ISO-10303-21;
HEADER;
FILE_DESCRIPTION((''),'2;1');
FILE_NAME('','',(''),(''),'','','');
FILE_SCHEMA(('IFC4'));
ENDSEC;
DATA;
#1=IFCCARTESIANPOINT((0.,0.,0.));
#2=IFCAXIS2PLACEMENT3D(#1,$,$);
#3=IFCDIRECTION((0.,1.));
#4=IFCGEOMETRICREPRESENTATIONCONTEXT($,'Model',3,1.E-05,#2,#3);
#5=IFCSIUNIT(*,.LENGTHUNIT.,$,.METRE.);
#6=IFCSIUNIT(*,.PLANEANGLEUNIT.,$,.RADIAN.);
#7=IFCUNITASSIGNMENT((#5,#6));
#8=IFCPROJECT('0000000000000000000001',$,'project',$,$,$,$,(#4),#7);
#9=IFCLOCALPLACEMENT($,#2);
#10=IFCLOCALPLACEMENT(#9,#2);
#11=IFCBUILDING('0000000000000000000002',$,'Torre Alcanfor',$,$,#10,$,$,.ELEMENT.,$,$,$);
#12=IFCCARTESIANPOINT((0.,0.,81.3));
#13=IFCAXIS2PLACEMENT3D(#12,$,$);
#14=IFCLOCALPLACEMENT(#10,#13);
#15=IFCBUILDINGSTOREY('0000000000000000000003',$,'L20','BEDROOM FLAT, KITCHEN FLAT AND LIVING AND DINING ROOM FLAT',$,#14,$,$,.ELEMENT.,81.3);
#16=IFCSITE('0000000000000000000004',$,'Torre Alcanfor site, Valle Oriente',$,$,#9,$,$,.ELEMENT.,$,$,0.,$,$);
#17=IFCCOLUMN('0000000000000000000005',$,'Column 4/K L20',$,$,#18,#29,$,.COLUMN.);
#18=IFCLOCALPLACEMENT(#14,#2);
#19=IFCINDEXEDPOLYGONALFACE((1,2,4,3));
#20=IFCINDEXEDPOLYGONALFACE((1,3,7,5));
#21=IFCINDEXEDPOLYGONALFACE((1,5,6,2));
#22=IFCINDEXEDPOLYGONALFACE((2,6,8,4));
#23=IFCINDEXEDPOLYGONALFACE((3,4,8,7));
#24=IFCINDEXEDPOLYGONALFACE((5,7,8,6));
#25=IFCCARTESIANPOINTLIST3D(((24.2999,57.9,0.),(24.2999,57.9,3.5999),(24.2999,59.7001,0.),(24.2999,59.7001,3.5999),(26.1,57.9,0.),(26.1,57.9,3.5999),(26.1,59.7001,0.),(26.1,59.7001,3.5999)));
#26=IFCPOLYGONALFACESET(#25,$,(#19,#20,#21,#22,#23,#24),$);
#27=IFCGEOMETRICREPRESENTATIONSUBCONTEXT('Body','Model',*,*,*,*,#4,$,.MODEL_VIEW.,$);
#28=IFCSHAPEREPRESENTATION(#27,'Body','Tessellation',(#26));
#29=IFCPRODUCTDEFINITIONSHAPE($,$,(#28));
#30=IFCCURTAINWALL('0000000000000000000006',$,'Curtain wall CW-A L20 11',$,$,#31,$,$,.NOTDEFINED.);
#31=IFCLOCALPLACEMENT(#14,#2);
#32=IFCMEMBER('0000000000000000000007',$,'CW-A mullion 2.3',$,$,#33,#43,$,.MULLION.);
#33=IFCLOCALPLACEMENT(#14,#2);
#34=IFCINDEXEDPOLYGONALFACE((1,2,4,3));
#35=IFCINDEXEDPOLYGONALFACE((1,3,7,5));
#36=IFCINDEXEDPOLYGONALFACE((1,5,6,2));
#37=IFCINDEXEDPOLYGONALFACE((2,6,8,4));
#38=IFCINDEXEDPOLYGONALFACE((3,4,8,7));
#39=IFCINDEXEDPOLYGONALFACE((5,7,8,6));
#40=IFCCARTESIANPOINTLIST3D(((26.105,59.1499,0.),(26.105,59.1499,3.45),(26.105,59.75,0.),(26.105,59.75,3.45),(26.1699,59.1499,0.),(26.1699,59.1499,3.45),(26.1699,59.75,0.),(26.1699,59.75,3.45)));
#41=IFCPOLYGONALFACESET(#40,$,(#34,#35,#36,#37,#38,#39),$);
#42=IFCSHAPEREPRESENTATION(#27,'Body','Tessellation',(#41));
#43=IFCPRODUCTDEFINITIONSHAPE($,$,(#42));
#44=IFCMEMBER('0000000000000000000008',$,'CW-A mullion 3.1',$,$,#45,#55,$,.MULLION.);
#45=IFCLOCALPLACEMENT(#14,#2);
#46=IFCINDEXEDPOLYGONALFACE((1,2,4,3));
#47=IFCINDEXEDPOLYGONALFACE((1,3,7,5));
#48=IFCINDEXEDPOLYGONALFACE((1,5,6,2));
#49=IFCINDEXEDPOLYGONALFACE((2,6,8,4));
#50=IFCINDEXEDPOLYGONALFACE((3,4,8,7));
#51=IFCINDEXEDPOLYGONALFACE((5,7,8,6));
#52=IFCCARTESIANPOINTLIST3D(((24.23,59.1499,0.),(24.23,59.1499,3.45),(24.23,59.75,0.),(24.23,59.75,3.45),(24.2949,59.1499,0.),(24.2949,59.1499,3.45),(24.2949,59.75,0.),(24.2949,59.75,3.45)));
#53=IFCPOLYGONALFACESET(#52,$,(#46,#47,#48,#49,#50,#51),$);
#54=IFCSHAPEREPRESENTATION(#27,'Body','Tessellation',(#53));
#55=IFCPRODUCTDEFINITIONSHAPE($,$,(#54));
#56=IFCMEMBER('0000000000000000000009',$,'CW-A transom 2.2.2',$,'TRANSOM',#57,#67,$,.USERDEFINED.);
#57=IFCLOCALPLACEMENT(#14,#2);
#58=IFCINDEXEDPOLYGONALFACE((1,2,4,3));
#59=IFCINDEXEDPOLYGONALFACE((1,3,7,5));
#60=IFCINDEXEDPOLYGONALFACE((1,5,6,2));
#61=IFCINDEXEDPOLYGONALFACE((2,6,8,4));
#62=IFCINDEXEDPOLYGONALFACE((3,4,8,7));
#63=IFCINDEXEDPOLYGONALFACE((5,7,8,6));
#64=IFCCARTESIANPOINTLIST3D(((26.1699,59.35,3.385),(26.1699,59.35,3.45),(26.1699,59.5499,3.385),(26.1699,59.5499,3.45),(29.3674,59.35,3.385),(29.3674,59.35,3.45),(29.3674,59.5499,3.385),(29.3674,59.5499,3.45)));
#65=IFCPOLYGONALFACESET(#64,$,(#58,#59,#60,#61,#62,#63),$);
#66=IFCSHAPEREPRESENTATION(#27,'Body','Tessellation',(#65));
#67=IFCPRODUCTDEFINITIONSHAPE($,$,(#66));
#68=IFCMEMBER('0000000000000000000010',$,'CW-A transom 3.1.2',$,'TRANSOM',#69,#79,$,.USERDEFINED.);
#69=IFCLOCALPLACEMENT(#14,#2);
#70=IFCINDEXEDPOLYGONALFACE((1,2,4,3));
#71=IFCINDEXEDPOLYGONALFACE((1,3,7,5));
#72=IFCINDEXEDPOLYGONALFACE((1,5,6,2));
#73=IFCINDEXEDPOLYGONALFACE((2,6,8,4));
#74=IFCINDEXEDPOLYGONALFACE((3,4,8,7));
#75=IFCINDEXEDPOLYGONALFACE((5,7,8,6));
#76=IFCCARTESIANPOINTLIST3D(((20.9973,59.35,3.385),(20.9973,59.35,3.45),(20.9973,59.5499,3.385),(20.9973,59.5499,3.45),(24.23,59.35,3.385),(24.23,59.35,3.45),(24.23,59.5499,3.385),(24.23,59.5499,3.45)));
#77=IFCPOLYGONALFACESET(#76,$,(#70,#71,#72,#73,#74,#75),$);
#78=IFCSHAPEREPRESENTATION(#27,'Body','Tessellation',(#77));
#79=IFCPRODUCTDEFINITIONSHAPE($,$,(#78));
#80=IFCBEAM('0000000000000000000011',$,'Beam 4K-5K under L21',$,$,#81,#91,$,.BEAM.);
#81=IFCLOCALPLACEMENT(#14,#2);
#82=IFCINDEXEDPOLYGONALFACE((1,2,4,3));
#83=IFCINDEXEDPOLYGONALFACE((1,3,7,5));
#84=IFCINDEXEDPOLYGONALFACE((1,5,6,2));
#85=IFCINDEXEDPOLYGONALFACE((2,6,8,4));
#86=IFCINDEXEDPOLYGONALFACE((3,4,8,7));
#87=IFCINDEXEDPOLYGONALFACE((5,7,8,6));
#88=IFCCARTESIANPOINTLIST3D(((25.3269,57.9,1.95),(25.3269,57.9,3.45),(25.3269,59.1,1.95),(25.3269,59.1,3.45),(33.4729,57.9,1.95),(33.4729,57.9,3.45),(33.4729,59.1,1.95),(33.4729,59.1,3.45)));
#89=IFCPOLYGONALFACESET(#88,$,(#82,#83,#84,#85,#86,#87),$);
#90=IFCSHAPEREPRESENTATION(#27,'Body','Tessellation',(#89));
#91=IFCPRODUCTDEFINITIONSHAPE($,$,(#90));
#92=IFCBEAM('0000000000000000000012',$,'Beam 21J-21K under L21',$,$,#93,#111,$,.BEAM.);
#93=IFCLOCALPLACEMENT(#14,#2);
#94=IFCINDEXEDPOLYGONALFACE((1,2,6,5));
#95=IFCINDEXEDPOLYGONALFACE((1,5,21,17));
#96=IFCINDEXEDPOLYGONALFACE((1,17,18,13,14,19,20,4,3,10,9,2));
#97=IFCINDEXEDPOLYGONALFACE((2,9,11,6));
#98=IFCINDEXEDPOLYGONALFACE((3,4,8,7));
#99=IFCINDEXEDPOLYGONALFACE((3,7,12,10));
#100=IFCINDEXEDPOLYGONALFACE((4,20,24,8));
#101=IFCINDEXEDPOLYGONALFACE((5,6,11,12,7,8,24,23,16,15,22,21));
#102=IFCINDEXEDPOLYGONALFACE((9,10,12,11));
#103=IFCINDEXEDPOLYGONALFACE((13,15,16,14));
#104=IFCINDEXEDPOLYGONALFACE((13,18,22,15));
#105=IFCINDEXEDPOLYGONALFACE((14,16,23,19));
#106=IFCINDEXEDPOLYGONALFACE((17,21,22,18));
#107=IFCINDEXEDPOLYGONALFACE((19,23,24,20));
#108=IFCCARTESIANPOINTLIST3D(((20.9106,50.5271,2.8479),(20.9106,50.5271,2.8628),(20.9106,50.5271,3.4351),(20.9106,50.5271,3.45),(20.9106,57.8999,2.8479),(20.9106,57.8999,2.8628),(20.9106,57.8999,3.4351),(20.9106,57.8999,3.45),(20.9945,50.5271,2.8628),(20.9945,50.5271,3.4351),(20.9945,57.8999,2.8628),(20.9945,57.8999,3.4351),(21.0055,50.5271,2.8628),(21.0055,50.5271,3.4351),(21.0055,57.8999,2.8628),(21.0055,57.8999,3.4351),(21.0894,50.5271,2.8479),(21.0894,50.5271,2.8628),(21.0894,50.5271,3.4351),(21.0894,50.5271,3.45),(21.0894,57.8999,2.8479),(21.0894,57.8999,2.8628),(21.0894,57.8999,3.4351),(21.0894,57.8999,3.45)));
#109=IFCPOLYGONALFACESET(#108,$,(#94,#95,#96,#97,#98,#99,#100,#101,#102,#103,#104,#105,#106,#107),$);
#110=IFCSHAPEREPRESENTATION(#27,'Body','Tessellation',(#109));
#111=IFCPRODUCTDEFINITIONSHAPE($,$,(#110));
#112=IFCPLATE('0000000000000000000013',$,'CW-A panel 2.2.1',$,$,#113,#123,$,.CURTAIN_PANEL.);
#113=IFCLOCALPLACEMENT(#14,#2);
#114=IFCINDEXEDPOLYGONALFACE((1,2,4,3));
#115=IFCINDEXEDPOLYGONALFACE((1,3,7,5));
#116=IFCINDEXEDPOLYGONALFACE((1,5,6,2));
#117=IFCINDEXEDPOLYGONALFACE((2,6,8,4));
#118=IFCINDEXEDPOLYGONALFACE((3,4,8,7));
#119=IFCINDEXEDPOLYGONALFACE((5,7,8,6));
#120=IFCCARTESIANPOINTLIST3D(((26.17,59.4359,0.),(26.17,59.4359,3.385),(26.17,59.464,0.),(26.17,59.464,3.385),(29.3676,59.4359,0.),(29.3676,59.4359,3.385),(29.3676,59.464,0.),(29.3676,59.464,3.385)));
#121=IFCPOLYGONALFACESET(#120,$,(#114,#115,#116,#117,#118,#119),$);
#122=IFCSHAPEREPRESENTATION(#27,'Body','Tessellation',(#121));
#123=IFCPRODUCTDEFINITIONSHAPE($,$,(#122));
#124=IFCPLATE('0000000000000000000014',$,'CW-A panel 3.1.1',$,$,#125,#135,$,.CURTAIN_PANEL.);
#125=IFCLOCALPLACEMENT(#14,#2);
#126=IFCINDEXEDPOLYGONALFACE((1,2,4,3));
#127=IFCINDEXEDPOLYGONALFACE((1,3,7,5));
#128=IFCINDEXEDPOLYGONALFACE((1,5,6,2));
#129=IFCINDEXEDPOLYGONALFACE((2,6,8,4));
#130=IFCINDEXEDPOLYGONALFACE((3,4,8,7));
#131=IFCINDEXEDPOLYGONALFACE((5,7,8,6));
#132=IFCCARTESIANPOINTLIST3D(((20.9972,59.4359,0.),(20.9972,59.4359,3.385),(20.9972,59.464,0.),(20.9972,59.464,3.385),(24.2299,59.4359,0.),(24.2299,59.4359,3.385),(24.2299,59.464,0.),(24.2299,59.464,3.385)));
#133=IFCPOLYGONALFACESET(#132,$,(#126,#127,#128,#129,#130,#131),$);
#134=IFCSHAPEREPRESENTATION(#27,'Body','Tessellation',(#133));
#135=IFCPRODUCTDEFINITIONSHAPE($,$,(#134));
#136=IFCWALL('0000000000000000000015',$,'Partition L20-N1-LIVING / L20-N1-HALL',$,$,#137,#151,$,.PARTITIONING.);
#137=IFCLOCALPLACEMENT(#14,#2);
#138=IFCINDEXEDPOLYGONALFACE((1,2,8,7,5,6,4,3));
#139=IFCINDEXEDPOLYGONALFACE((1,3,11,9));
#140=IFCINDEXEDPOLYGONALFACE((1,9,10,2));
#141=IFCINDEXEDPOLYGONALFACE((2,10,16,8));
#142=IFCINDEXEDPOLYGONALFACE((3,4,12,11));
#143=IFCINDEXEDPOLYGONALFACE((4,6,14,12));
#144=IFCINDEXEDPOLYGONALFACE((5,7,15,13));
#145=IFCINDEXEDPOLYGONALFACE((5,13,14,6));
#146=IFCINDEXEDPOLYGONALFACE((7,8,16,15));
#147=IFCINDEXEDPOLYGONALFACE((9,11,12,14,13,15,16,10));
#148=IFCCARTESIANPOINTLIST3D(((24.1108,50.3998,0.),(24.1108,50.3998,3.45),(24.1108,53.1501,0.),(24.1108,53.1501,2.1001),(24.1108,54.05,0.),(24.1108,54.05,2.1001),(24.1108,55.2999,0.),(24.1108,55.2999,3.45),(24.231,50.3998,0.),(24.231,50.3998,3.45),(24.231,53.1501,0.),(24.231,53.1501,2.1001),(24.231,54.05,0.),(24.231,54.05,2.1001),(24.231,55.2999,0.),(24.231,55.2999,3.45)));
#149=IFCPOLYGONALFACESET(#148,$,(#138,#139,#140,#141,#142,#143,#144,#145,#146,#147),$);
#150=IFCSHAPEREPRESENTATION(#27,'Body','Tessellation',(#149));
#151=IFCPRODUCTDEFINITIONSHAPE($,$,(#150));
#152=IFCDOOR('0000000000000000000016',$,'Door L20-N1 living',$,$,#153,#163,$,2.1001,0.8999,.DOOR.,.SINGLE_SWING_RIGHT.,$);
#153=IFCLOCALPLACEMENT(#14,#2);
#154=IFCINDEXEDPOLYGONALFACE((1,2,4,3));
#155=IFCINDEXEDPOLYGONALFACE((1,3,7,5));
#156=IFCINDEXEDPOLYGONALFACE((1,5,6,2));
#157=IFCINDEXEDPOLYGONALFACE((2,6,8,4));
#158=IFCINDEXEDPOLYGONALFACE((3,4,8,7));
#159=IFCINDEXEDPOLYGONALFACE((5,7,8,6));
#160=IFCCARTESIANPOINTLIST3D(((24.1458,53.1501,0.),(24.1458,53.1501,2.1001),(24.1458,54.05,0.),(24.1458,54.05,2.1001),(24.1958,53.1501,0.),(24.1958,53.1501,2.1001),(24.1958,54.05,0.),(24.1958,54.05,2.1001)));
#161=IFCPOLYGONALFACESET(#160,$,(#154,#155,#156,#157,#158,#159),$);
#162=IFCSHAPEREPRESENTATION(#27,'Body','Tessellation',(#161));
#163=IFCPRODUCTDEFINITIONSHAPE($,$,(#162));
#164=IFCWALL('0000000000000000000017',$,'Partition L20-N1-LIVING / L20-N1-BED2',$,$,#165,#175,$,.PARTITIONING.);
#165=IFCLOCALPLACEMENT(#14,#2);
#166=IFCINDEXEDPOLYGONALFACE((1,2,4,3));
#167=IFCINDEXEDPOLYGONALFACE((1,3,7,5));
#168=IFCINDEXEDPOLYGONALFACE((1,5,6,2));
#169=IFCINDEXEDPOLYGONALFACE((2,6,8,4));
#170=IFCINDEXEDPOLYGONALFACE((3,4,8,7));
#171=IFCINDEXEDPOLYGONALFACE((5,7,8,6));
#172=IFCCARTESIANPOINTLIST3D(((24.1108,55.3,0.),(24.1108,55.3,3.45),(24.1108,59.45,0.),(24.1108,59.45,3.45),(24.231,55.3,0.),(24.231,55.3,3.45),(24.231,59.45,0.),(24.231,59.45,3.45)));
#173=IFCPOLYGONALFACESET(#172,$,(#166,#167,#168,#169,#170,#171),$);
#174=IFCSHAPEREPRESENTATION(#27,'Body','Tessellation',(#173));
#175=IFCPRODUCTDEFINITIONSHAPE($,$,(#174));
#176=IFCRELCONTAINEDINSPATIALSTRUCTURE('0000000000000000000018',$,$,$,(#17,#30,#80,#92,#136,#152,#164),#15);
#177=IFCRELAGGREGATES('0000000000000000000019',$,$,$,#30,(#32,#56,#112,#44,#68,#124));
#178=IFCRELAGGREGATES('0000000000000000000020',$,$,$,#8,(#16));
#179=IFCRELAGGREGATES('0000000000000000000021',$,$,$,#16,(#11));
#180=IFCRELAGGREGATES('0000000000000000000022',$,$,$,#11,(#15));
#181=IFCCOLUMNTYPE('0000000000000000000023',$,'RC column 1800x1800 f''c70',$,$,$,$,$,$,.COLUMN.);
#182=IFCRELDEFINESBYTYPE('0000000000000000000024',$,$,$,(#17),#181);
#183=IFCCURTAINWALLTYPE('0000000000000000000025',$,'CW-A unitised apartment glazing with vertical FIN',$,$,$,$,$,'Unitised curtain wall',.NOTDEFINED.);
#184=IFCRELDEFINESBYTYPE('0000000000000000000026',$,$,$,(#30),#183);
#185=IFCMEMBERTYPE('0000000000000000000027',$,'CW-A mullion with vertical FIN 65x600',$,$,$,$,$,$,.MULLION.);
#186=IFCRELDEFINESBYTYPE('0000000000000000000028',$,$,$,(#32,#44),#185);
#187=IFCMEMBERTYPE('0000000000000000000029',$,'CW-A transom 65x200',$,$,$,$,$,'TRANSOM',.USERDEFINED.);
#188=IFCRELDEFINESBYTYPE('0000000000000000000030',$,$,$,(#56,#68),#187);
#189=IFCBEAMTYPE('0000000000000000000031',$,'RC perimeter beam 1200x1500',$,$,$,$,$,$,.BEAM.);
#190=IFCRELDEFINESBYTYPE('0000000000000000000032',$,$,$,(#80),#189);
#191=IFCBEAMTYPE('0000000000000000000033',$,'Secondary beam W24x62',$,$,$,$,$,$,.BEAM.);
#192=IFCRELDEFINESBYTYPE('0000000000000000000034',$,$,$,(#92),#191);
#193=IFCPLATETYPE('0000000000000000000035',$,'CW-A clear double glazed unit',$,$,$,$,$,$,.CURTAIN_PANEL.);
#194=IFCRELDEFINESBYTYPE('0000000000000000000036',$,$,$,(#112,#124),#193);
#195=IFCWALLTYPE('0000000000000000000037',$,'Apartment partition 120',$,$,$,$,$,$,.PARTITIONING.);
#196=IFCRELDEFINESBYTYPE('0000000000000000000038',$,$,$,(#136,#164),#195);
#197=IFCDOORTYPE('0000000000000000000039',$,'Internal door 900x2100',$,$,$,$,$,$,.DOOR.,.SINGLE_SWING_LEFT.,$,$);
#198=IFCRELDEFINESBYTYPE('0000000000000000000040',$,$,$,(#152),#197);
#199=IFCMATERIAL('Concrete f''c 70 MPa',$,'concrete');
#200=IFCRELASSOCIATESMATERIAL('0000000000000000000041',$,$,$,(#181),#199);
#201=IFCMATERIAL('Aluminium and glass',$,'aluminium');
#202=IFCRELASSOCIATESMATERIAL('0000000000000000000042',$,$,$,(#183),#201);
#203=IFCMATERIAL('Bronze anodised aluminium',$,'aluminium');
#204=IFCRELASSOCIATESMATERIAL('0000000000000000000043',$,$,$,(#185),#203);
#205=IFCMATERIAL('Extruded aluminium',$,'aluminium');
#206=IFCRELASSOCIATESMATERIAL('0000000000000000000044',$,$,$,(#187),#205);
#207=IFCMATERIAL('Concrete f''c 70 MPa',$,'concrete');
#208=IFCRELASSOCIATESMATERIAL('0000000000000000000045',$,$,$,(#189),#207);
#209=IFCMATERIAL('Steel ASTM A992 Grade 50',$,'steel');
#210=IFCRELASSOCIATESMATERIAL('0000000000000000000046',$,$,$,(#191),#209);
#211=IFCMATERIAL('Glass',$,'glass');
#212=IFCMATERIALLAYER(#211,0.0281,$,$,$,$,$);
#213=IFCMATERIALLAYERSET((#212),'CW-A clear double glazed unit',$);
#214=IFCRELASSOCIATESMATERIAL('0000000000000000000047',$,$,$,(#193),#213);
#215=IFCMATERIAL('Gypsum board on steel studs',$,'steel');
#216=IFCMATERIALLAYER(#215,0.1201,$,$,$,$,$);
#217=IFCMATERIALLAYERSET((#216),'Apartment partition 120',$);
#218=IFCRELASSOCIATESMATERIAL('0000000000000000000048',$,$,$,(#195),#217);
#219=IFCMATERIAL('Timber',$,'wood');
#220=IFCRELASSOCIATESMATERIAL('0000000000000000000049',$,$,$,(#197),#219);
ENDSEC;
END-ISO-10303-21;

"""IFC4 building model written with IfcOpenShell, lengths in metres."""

from ifc_helpers import new_model, si_unit, direction, frame, frame_2d, origin, origin_2d, place, context, subcontext, project, spatial, rectangle, i_section, extrude, material, layer, layer_set, material_profile, profile_set, type_object, element, fill, aggregate, save


model = new_model("IFC4")

# Units and contexts
model_context = context("Model", 3, precision=1e-05, world=origin(), true_north=direction((0.0, 1.0)))
body_context = subcontext(model_context, "Body", "Model", "MODEL_VIEW")
ifc_project = project(units=[si_unit("LENGTHUNIT", "METRE"), si_unit("PLANEANGLEUNIT", "RADIAN")], contexts=[model_context])

# Site, building, storey
site_placement = place(None, origin())
site = spatial("IfcSite", under=ifc_project, at=site_placement, Name="Torre Alcanfor site, Valle Oriente", CompositionType="ELEMENT", RefElevation=0.0)
building_placement = place(site_placement, origin())
building = spatial("IfcBuilding", under=site, at=building_placement, Name="Torre Alcanfor", CompositionType="ELEMENT")
storey_placement = place(building_placement, frame((0.0, 0.0, 81.3)))
storey = spatial("IfcBuildingStorey", under=building, at=storey_placement, Name="L20", Description="BEDROOM FLAT, KITCHEN FLAT AND LIVING AND DINING ROOM FLAT", CompositionType="ELEMENT", Elevation=81.3)

# Column
ifc_material_1 = material(Name="Concrete f'c 70 MPa", Category="concrete")
ifc_material_profile_1 = material_profile(ifc_material_1, rectangle(XDim=1.8, YDim=1.8, at=origin_2d()), Name="1800x1800")
ifc_profile_set_1 = profile_set([ifc_material_profile_1], Name="Concrete f'c 70 MPa")
column_type = type_object("IfcColumnType", Name="RC column 1800x1800 f'c70", PredefinedType="COLUMN", material=ifc_profile_set_1)
column_placement = place(storey_placement, frame((25.2, 58.8, 0.0), z_axis=(0.0, 0.0, 1.0), x_axis=(1.0, 0.0, 0.0)))
element("IfcColumn", 1, at=column_placement, inside=storey, type_object=column_type, Name="Column 4/K L20", PredefinedType="COLUMN", context=body_context, shape_type="SweptSolid", body=[
    extrude(rectangle(XDim=1.8, YDim=1.8, at=origin_2d()), origin(), (0.0, 0.0, 1.0), 3.5999),
])

# Curtain wall, members
ifc_material_2 = material(Name="Aluminium and glass", Category="aluminium")
curtain_wall_type = type_object("IfcCurtainWallType", Name="CW-A unitised apartment glazing with vertical FIN", ElementType="Unitised curtain wall", PredefinedType="NOTDEFINED", material=ifc_material_2)
curtain_wall_placement = place(storey_placement, origin())
curtain_wall = element("IfcCurtainWall", 2, at=curtain_wall_placement, inside=storey, type_object=curtain_wall_type, Name="Curtain wall CW-A L20 11", PredefinedType="NOTDEFINED")
ifc_material_3 = material(Name="Bronze anodised aluminium", Category="aluminium")
ifc_material_profile_2 = material_profile(ifc_material_3, rectangle(XDim=0.6001, YDim=0.0649, at=origin_2d()), Name="CW-A mullion 65x600")
ifc_profile_set_2 = profile_set([ifc_material_profile_2], Name="Bronze anodised aluminium")
member_type_1 = type_object("IfcMemberType", Name="CW-A mullion with vertical FIN 65x600", PredefinedType="MULLION", material=ifc_profile_set_2)
member_1_placement = place(storey_placement, frame((26.1375, 59.45, 0.0), z_axis=(0.0, 0.0, 1.0), x_axis=(0.0, -1.0, 0.0)))
member_1 = element("IfcMember", 3, at=member_1_placement, type_object=member_type_1, Name="CW-A mullion 2.3", PredefinedType="MULLION", context=body_context, shape_type="SweptSolid", body=[
    extrude(rectangle(XDim=0.6001, YDim=0.0649, at=origin_2d()), origin(), (0.0, 0.0, 1.0), 3.45),
])
member_2_placement = place(storey_placement, frame((24.2625, 59.45, 0.0), z_axis=(0.0, 0.0, 1.0), x_axis=(0.0, -1.0, 0.0)))
member_2 = element("IfcMember", 4, at=member_2_placement, type_object=member_type_1, Name="CW-A mullion 3.1", PredefinedType="MULLION", context=body_context, shape_type="SweptSolid", body=[
    extrude(rectangle(XDim=0.6001, YDim=0.0649, at=origin_2d()), origin(), (0.0, 0.0, 1.0), 3.45),
])
ifc_material_4 = material(Name="Extruded aluminium", Category="aluminium")
ifc_material_profile_3 = material_profile(ifc_material_4, rectangle(XDim=0.2, YDim=0.0649, at=origin_2d()), Name="CW-A transom 200x65")
ifc_profile_set_3 = profile_set([ifc_material_profile_3], Name="Extruded aluminium")
member_type_2 = type_object("IfcMemberType", Name="CW-A transom 65x200", ElementType="TRANSOM", PredefinedType="USERDEFINED", material=ifc_profile_set_3)
member_3_placement = place(storey_placement, frame((29.3674, 59.45, 3.4175), z_axis=(-1.0, 0.0, 0.0), x_axis=(0.0, -1.0, 0.0)))
member_3 = element("IfcMember", 5, at=member_3_placement, type_object=member_type_2, Name="CW-A transom 2.2.2", ObjectType="TRANSOM", PredefinedType="USERDEFINED", context=body_context, shape_type="SweptSolid", body=[
    extrude(rectangle(XDim=0.2, YDim=0.0649, at=origin_2d()), origin(), (0.0, 0.0, 1.0), 3.1975),
])
member_4_placement = place(storey_placement, frame((24.23, 59.45, 3.4175), z_axis=(-1.0, 0.0, 0.0), x_axis=(0.0, -1.0, 0.0)))
member_4 = element("IfcMember", 6, at=member_4_placement, type_object=member_type_2, Name="CW-A transom 3.1.2", ObjectType="TRANSOM", PredefinedType="USERDEFINED", context=body_context, shape_type="SweptSolid", body=[
    extrude(rectangle(XDim=0.2, YDim=0.0649, at=origin_2d()), origin(), (0.0, 0.0, 1.0), 3.2327),
])

# Beams
ifc_material_5 = material(Name="Concrete f'c 70 MPa", Category="concrete")
ifc_material_profile_4 = material_profile(ifc_material_5, rectangle(XDim=1.2, YDim=1.5, at=origin_2d()), Name="1200x1500")
ifc_profile_set_4 = profile_set([ifc_material_profile_4], Name="Concrete f'c 70 MPa")
beam_type_1 = type_object("IfcBeamType", Name="RC perimeter beam 1200x1500", PredefinedType="BEAM", material=ifc_profile_set_4)
beam_1_placement = place(storey_placement, frame((25.3269, 58.5, 2.7), z_axis=(1.0, 0.0, 0.0), x_axis=(0.0, 1.0, 0.0)))
element("IfcBeam", 7, at=beam_1_placement, inside=storey, type_object=beam_type_1, Name="Beam 4K-5K under L21", PredefinedType="BEAM", context=body_context, shape_type="SweptSolid", body=[
    extrude(rectangle(XDim=1.2, YDim=1.5, at=origin_2d()), origin(), (0.0, 0.0, 1.0), 8.146),
])
ifc_material_6 = material(Name="Steel ASTM A992 Grade 50", Category="steel")
ifc_material_profile_5 = material_profile(ifc_material_6, i_section(OverallWidth=0.1787, OverallDepth=0.6021, WebThickness=0.011, FlangeThickness=0.0149, at=origin_2d()), Name="W24x62")
ifc_profile_set_5 = profile_set([ifc_material_profile_5], Name="Steel ASTM A992 Grade 50")
beam_type_2 = type_object("IfcBeamType", Name="Secondary beam W24x62", PredefinedType="BEAM", material=ifc_profile_set_5)
beam_2_placement = place(storey_placement, frame((21.0, 50.5271, 3.1489), z_axis=(0.0, 1.0, 0.0), x_axis=(-1.0, 0.0, 0.0)))
element("IfcBeam", 8, at=beam_2_placement, inside=storey, type_object=beam_type_2, Name="Beam 21J-21K under L21", PredefinedType="BEAM", context=body_context, shape_type="SweptSolid", body=[
    extrude(i_section(OverallWidth=0.1787, OverallDepth=0.6021, WebThickness=0.011, FlangeThickness=0.0149, at=origin_2d()), origin(), (0.0, 0.0, 1.0), 7.3728),
])

# Plates
ifc_material_7 = material(Name="Glass", Category="glass")
ifc_layer_1 = layer(ifc_material_7, 0.0281)
ifc_layer_set_1 = layer_set([ifc_layer_1], Name="CW-A clear double glazed unit")
plate_type = type_object("IfcPlateType", Name="CW-A clear double glazed unit", PredefinedType="CURTAIN_PANEL", material=ifc_layer_set_1)
plate_1_placement = place(storey_placement, frame((27.7688, 59.45, 0.0), z_axis=(0.0, 0.0, 1.0), x_axis=(-1.0, 0.0, 0.0)))
plate_1 = element("IfcPlate", 9, at=plate_1_placement, type_object=plate_type, Name="CW-A panel 2.2.1", PredefinedType="CURTAIN_PANEL", context=body_context, shape_type="SweptSolid", body=[
    extrude(rectangle(XDim=3.1975, YDim=0.0281, at=origin_2d()), origin(), (0.0, 0.0, 1.0), 3.385),
])
plate_2_placement = place(storey_placement, frame((22.6135, 59.45, 0.0), z_axis=(0.0, 0.0, 1.0), x_axis=(-1.0, 0.0, 0.0)))
plate_2 = element("IfcPlate", 10, at=plate_2_placement, type_object=plate_type, Name="CW-A panel 3.1.1", PredefinedType="CURTAIN_PANEL", context=body_context, shape_type="SweptSolid", body=[
    extrude(rectangle(XDim=3.2327, YDim=0.0281, at=origin_2d()), origin(), (0.0, 0.0, 1.0), 3.385),
])
aggregate(curtain_wall, [member_1, member_3, plate_1, member_2, member_4, plate_2])

# Wall, opening, door
ifc_material_8 = material(Name="Gypsum board on steel studs", Category="steel")
ifc_layer_2 = layer(ifc_material_8, 0.1201)
ifc_layer_set_2 = layer_set([ifc_layer_2], Name="Apartment partition 120")
wall_type = type_object("IfcWallType", Name="Apartment partition 120", PredefinedType="PARTITIONING", material=ifc_layer_set_2)
wall_1_placement = place(storey_placement, frame((24.1709, 55.3, 0.0), z_axis=(0.0, 0.0, 1.0), x_axis=(0.0, -1.0, 0.0)))
wall_1 = element("IfcWall", 11, at=wall_1_placement, inside=storey, type_object=wall_type, Name="Partition L20-N1-LIVING / L20-N1-HALL", PredefinedType="PARTITIONING", context=body_context, shape_type="SweptSolid", body=[
    extrude(rectangle(XDim=4.9001, YDim=0.1201, at=frame_2d((2.4502, 0.0))), origin(), (0.0, 0.0, 1.0), 3.45),
])
opening_1_placement = place(wall_1_placement, frame((1.25, 0.0, 0.0)))
opening_1 = element("IfcOpeningElement", 12, at=opening_1_placement, cuts=wall_1, PredefinedType="OPENING", context=body_context, shape_type="SweptSolid", body=[
    extrude(rectangle(XDim=0.8999, YDim=2.1001, at=frame_2d((0.45, 1.05))), frame((0.0, 0.0701, 0.0), z_axis=(0.0, -1.0, 0.0), x_axis=(1.0, 0.0, 0.0)), (0.0, 0.0, 1.0), 0.1401),
])
ifc_material_9 = material(Name="Timber", Category="wood")
door_type = type_object("IfcDoorType", Name="Internal door 900x2100", OperationType="SINGLE_SWING_LEFT", PredefinedType="DOOR", material=ifc_material_9)
door_1_placement = place(opening_1_placement, origin())
door_1 = element("IfcDoor", 13, at=door_1_placement, inside=storey, type_object=door_type, Name="Door L20-N1 living", OperationType="SINGLE_SWING_RIGHT", OverallHeight=2.1001, OverallWidth=0.8999, PredefinedType="DOOR", context=body_context, shape_type="SweptSolid", body=[
    extrude(rectangle(XDim=0.8999, YDim=2.1001, at=frame_2d((0.45, 1.05))), frame((0.0, 0.0249, 0.0), z_axis=(0.0, -1.0, 0.0), x_axis=(1.0, 0.0, 0.0)), (0.0, 0.0, 1.0), 0.05),
])
fill(opening_1, door_1)

# Wall
wall_2_placement = place(storey_placement, frame((24.1709, 59.45, 0.0), z_axis=(0.0, 0.0, 1.0), x_axis=(0.0, -1.0, 0.0)))
element("IfcWall", 14, at=wall_2_placement, inside=storey, type_object=wall_type, Name="Partition L20-N1-LIVING / L20-N1-BED2", PredefinedType="PARTITIONING", context=body_context, shape_type="SweptSolid", body=[
    extrude(rectangle(XDim=4.1499, YDim=0.1201, at=frame_2d((2.075, 0.0))), origin(), (0.0, 0.0, 1.0), 3.45),
])

save(model, "model.ifc")
